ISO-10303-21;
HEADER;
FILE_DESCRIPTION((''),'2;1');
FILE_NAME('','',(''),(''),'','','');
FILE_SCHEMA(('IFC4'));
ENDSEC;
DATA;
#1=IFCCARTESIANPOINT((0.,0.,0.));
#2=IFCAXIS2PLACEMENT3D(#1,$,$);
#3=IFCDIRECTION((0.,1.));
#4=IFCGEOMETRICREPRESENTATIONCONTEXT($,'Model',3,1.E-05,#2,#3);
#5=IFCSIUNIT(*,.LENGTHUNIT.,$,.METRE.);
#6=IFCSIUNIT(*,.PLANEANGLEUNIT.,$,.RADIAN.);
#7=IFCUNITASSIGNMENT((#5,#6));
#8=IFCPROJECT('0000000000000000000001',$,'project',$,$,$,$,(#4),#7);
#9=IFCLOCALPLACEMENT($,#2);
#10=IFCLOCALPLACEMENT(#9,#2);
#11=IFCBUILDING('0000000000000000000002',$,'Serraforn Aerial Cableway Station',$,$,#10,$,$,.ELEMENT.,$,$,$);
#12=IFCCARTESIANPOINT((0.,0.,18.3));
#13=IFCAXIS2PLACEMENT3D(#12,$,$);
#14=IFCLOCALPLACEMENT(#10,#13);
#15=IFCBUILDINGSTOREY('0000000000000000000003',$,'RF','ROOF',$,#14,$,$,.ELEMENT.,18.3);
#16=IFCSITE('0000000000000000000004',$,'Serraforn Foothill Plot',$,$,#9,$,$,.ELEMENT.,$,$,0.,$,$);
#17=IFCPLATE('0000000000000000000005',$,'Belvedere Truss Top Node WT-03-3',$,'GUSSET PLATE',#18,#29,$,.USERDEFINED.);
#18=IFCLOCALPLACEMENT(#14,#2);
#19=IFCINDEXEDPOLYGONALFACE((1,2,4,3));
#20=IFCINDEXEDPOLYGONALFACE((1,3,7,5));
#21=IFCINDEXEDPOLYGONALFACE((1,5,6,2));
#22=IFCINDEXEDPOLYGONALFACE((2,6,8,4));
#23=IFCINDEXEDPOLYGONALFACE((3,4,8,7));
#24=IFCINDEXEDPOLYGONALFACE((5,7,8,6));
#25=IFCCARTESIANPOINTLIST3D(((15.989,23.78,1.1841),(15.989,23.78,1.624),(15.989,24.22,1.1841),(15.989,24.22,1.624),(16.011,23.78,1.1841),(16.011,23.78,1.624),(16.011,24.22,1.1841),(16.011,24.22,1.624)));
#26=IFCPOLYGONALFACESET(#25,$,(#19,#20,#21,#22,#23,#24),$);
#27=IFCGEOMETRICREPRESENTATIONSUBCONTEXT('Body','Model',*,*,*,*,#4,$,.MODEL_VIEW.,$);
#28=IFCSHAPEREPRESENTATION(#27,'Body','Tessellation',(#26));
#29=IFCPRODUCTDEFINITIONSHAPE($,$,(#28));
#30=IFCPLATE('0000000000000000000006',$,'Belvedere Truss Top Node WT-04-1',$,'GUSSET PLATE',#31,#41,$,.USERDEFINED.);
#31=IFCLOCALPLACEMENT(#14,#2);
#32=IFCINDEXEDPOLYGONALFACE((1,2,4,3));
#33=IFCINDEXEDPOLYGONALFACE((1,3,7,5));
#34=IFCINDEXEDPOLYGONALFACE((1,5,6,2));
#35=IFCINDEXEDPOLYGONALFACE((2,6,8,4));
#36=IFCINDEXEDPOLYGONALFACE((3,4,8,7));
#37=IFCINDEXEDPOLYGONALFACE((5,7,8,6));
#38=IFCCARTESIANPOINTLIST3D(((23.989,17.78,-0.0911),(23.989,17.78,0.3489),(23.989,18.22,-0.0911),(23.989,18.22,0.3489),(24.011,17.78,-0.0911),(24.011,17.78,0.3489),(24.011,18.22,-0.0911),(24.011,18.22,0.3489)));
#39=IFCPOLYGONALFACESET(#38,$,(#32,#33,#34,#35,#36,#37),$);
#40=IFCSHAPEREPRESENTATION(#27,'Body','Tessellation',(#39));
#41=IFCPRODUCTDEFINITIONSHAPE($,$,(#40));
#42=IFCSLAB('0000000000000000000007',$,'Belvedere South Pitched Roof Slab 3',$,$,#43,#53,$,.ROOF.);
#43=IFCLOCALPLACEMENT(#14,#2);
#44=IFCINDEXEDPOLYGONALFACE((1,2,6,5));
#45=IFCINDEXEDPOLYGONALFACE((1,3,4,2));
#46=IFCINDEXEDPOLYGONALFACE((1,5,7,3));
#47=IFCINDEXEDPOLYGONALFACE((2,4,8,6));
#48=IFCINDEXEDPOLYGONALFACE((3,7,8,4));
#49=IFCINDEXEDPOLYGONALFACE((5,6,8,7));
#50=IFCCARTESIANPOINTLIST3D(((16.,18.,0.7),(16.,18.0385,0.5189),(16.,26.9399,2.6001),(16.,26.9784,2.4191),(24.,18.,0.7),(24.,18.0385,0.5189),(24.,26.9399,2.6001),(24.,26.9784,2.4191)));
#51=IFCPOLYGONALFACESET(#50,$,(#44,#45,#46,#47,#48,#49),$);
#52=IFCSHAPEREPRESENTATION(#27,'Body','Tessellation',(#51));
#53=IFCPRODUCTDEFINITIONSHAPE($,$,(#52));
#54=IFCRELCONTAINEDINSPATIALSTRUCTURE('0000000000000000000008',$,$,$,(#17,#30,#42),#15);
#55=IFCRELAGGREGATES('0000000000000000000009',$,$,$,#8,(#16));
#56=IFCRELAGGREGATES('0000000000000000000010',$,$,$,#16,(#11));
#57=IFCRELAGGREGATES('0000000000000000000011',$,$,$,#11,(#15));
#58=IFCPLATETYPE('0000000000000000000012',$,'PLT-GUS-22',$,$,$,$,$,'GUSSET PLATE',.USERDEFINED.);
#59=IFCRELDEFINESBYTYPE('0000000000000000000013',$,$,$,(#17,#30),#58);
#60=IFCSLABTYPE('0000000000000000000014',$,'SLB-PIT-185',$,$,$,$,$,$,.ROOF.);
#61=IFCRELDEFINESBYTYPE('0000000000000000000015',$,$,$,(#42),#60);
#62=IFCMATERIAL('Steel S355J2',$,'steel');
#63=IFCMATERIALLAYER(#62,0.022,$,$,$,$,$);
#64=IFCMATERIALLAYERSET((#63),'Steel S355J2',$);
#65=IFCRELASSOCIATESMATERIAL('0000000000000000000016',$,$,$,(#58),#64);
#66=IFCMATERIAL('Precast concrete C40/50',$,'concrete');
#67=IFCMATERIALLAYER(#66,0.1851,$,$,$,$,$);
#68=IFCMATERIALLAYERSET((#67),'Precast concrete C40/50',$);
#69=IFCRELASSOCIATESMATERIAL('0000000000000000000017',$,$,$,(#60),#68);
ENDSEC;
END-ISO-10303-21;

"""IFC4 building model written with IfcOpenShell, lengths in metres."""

from ifc_helpers import new_model, si_unit, direction, frame, origin, origin_2d, place, context, subcontext, project, spatial, polyline, rectangle, outline, extrude, material, layer, layer_set, type_object, element, save


model = new_model("IFC4")

# Units and contexts
model_context = context("Model", 3, precision=1e-05, world=origin(), true_north=direction((0.0, 1.0)))
body_context = subcontext(model_context, "Body", "Model", "MODEL_VIEW")
ifc_project = project(units=[si_unit("LENGTHUNIT", "METRE"), si_unit("PLANEANGLEUNIT", "RADIAN")], contexts=[model_context])

# Site, building, storey
site_placement = place(None, origin())
site = spatial("IfcSite", under=ifc_project, at=site_placement, Name="Serraforn Foothill Plot", CompositionType="ELEMENT", RefElevation=0.0)
building_placement = place(site_placement, origin())
building = spatial("IfcBuilding", under=site, at=building_placement, Name="Serraforn Aerial Cableway Station", CompositionType="ELEMENT")
storey_placement = place(building_placement, frame((0.0, 0.0, 18.3)))
storey = spatial("IfcBuildingStorey", under=building, at=storey_placement, Name="RF", Description="ROOF", CompositionType="ELEMENT", Elevation=18.3)

# Shared definitions
ifc_material_1 = material(Name="Steel S355J2", Category="steel")

# Plates
ifc_layer_1 = layer(ifc_material_1, 0.022)
ifc_layer_set_1 = layer_set([ifc_layer_1], Name="Steel S355J2")
plate_type_1 = type_object("IfcPlateType", Name="PLT-GUS-22", ElementType="GUSSET PLATE", PredefinedType="USERDEFINED", material=ifc_layer_set_1)
for number, where, z_axis, x_axis, name in (
    (1, (16.0, 24.0, 1.1841), (0.0, 0.0, 1.0), (1.0, 0.0, 0.0), "Belvedere Truss Top Node WT-03-3"),
    (2, (24.0, 18.0, -0.0911), (0.0, 0.0, 1.0), (1.0, 0.0, 0.0), "Belvedere Truss Top Node WT-04-1"),
):
    element("IfcPlate", number, at=place(storey_placement, frame(where, z_axis=z_axis, x_axis=x_axis)), inside=storey, type_object=plate_type_1, Name=name, ObjectType="GUSSET PLATE", PredefinedType="USERDEFINED", context=body_context, shape_type="SweptSolid", body=[
        extrude(rectangle(XDim=0.022, YDim=0.4399, at=origin_2d()), origin(), (0.0, 0.0, 1.0), 0.4399),
    ])

# Slab
ifc_material_2 = material(Name="Precast concrete C40/50", Category="concrete")
ifc_layer_2 = layer(ifc_material_2, 0.1851)
ifc_layer_set_2 = layer_set([ifc_layer_2], Name="Precast concrete C40/50")
slab_type = type_object("IfcSlabType", Name="SLB-PIT-185", PredefinedType="ROOF", material=ifc_layer_set_2)
slab_placement = place(storey_placement, frame((16.0, 18.0, 0.7), z_axis=(0.0, -0.207902, 0.97815), x_axis=(1.0, 0.0, 0.0)))
element("IfcSlab", 3, at=slab_placement, inside=storey, type_object=slab_type, Name="Belvedere South Pitched Roof Slab 3", PredefinedType="ROOF", context=body_context, shape_type="SweptSolid", body=[
    extrude(outline(polyline([(0.0, 0.0), (8.0, 0.0), (8.0, 9.1396), (0.0, 9.1396), (0.0, 0.0)])), origin(), (0.0, 0.0, -1.0), 0.1851),
])

save(model, "model.ifc")
